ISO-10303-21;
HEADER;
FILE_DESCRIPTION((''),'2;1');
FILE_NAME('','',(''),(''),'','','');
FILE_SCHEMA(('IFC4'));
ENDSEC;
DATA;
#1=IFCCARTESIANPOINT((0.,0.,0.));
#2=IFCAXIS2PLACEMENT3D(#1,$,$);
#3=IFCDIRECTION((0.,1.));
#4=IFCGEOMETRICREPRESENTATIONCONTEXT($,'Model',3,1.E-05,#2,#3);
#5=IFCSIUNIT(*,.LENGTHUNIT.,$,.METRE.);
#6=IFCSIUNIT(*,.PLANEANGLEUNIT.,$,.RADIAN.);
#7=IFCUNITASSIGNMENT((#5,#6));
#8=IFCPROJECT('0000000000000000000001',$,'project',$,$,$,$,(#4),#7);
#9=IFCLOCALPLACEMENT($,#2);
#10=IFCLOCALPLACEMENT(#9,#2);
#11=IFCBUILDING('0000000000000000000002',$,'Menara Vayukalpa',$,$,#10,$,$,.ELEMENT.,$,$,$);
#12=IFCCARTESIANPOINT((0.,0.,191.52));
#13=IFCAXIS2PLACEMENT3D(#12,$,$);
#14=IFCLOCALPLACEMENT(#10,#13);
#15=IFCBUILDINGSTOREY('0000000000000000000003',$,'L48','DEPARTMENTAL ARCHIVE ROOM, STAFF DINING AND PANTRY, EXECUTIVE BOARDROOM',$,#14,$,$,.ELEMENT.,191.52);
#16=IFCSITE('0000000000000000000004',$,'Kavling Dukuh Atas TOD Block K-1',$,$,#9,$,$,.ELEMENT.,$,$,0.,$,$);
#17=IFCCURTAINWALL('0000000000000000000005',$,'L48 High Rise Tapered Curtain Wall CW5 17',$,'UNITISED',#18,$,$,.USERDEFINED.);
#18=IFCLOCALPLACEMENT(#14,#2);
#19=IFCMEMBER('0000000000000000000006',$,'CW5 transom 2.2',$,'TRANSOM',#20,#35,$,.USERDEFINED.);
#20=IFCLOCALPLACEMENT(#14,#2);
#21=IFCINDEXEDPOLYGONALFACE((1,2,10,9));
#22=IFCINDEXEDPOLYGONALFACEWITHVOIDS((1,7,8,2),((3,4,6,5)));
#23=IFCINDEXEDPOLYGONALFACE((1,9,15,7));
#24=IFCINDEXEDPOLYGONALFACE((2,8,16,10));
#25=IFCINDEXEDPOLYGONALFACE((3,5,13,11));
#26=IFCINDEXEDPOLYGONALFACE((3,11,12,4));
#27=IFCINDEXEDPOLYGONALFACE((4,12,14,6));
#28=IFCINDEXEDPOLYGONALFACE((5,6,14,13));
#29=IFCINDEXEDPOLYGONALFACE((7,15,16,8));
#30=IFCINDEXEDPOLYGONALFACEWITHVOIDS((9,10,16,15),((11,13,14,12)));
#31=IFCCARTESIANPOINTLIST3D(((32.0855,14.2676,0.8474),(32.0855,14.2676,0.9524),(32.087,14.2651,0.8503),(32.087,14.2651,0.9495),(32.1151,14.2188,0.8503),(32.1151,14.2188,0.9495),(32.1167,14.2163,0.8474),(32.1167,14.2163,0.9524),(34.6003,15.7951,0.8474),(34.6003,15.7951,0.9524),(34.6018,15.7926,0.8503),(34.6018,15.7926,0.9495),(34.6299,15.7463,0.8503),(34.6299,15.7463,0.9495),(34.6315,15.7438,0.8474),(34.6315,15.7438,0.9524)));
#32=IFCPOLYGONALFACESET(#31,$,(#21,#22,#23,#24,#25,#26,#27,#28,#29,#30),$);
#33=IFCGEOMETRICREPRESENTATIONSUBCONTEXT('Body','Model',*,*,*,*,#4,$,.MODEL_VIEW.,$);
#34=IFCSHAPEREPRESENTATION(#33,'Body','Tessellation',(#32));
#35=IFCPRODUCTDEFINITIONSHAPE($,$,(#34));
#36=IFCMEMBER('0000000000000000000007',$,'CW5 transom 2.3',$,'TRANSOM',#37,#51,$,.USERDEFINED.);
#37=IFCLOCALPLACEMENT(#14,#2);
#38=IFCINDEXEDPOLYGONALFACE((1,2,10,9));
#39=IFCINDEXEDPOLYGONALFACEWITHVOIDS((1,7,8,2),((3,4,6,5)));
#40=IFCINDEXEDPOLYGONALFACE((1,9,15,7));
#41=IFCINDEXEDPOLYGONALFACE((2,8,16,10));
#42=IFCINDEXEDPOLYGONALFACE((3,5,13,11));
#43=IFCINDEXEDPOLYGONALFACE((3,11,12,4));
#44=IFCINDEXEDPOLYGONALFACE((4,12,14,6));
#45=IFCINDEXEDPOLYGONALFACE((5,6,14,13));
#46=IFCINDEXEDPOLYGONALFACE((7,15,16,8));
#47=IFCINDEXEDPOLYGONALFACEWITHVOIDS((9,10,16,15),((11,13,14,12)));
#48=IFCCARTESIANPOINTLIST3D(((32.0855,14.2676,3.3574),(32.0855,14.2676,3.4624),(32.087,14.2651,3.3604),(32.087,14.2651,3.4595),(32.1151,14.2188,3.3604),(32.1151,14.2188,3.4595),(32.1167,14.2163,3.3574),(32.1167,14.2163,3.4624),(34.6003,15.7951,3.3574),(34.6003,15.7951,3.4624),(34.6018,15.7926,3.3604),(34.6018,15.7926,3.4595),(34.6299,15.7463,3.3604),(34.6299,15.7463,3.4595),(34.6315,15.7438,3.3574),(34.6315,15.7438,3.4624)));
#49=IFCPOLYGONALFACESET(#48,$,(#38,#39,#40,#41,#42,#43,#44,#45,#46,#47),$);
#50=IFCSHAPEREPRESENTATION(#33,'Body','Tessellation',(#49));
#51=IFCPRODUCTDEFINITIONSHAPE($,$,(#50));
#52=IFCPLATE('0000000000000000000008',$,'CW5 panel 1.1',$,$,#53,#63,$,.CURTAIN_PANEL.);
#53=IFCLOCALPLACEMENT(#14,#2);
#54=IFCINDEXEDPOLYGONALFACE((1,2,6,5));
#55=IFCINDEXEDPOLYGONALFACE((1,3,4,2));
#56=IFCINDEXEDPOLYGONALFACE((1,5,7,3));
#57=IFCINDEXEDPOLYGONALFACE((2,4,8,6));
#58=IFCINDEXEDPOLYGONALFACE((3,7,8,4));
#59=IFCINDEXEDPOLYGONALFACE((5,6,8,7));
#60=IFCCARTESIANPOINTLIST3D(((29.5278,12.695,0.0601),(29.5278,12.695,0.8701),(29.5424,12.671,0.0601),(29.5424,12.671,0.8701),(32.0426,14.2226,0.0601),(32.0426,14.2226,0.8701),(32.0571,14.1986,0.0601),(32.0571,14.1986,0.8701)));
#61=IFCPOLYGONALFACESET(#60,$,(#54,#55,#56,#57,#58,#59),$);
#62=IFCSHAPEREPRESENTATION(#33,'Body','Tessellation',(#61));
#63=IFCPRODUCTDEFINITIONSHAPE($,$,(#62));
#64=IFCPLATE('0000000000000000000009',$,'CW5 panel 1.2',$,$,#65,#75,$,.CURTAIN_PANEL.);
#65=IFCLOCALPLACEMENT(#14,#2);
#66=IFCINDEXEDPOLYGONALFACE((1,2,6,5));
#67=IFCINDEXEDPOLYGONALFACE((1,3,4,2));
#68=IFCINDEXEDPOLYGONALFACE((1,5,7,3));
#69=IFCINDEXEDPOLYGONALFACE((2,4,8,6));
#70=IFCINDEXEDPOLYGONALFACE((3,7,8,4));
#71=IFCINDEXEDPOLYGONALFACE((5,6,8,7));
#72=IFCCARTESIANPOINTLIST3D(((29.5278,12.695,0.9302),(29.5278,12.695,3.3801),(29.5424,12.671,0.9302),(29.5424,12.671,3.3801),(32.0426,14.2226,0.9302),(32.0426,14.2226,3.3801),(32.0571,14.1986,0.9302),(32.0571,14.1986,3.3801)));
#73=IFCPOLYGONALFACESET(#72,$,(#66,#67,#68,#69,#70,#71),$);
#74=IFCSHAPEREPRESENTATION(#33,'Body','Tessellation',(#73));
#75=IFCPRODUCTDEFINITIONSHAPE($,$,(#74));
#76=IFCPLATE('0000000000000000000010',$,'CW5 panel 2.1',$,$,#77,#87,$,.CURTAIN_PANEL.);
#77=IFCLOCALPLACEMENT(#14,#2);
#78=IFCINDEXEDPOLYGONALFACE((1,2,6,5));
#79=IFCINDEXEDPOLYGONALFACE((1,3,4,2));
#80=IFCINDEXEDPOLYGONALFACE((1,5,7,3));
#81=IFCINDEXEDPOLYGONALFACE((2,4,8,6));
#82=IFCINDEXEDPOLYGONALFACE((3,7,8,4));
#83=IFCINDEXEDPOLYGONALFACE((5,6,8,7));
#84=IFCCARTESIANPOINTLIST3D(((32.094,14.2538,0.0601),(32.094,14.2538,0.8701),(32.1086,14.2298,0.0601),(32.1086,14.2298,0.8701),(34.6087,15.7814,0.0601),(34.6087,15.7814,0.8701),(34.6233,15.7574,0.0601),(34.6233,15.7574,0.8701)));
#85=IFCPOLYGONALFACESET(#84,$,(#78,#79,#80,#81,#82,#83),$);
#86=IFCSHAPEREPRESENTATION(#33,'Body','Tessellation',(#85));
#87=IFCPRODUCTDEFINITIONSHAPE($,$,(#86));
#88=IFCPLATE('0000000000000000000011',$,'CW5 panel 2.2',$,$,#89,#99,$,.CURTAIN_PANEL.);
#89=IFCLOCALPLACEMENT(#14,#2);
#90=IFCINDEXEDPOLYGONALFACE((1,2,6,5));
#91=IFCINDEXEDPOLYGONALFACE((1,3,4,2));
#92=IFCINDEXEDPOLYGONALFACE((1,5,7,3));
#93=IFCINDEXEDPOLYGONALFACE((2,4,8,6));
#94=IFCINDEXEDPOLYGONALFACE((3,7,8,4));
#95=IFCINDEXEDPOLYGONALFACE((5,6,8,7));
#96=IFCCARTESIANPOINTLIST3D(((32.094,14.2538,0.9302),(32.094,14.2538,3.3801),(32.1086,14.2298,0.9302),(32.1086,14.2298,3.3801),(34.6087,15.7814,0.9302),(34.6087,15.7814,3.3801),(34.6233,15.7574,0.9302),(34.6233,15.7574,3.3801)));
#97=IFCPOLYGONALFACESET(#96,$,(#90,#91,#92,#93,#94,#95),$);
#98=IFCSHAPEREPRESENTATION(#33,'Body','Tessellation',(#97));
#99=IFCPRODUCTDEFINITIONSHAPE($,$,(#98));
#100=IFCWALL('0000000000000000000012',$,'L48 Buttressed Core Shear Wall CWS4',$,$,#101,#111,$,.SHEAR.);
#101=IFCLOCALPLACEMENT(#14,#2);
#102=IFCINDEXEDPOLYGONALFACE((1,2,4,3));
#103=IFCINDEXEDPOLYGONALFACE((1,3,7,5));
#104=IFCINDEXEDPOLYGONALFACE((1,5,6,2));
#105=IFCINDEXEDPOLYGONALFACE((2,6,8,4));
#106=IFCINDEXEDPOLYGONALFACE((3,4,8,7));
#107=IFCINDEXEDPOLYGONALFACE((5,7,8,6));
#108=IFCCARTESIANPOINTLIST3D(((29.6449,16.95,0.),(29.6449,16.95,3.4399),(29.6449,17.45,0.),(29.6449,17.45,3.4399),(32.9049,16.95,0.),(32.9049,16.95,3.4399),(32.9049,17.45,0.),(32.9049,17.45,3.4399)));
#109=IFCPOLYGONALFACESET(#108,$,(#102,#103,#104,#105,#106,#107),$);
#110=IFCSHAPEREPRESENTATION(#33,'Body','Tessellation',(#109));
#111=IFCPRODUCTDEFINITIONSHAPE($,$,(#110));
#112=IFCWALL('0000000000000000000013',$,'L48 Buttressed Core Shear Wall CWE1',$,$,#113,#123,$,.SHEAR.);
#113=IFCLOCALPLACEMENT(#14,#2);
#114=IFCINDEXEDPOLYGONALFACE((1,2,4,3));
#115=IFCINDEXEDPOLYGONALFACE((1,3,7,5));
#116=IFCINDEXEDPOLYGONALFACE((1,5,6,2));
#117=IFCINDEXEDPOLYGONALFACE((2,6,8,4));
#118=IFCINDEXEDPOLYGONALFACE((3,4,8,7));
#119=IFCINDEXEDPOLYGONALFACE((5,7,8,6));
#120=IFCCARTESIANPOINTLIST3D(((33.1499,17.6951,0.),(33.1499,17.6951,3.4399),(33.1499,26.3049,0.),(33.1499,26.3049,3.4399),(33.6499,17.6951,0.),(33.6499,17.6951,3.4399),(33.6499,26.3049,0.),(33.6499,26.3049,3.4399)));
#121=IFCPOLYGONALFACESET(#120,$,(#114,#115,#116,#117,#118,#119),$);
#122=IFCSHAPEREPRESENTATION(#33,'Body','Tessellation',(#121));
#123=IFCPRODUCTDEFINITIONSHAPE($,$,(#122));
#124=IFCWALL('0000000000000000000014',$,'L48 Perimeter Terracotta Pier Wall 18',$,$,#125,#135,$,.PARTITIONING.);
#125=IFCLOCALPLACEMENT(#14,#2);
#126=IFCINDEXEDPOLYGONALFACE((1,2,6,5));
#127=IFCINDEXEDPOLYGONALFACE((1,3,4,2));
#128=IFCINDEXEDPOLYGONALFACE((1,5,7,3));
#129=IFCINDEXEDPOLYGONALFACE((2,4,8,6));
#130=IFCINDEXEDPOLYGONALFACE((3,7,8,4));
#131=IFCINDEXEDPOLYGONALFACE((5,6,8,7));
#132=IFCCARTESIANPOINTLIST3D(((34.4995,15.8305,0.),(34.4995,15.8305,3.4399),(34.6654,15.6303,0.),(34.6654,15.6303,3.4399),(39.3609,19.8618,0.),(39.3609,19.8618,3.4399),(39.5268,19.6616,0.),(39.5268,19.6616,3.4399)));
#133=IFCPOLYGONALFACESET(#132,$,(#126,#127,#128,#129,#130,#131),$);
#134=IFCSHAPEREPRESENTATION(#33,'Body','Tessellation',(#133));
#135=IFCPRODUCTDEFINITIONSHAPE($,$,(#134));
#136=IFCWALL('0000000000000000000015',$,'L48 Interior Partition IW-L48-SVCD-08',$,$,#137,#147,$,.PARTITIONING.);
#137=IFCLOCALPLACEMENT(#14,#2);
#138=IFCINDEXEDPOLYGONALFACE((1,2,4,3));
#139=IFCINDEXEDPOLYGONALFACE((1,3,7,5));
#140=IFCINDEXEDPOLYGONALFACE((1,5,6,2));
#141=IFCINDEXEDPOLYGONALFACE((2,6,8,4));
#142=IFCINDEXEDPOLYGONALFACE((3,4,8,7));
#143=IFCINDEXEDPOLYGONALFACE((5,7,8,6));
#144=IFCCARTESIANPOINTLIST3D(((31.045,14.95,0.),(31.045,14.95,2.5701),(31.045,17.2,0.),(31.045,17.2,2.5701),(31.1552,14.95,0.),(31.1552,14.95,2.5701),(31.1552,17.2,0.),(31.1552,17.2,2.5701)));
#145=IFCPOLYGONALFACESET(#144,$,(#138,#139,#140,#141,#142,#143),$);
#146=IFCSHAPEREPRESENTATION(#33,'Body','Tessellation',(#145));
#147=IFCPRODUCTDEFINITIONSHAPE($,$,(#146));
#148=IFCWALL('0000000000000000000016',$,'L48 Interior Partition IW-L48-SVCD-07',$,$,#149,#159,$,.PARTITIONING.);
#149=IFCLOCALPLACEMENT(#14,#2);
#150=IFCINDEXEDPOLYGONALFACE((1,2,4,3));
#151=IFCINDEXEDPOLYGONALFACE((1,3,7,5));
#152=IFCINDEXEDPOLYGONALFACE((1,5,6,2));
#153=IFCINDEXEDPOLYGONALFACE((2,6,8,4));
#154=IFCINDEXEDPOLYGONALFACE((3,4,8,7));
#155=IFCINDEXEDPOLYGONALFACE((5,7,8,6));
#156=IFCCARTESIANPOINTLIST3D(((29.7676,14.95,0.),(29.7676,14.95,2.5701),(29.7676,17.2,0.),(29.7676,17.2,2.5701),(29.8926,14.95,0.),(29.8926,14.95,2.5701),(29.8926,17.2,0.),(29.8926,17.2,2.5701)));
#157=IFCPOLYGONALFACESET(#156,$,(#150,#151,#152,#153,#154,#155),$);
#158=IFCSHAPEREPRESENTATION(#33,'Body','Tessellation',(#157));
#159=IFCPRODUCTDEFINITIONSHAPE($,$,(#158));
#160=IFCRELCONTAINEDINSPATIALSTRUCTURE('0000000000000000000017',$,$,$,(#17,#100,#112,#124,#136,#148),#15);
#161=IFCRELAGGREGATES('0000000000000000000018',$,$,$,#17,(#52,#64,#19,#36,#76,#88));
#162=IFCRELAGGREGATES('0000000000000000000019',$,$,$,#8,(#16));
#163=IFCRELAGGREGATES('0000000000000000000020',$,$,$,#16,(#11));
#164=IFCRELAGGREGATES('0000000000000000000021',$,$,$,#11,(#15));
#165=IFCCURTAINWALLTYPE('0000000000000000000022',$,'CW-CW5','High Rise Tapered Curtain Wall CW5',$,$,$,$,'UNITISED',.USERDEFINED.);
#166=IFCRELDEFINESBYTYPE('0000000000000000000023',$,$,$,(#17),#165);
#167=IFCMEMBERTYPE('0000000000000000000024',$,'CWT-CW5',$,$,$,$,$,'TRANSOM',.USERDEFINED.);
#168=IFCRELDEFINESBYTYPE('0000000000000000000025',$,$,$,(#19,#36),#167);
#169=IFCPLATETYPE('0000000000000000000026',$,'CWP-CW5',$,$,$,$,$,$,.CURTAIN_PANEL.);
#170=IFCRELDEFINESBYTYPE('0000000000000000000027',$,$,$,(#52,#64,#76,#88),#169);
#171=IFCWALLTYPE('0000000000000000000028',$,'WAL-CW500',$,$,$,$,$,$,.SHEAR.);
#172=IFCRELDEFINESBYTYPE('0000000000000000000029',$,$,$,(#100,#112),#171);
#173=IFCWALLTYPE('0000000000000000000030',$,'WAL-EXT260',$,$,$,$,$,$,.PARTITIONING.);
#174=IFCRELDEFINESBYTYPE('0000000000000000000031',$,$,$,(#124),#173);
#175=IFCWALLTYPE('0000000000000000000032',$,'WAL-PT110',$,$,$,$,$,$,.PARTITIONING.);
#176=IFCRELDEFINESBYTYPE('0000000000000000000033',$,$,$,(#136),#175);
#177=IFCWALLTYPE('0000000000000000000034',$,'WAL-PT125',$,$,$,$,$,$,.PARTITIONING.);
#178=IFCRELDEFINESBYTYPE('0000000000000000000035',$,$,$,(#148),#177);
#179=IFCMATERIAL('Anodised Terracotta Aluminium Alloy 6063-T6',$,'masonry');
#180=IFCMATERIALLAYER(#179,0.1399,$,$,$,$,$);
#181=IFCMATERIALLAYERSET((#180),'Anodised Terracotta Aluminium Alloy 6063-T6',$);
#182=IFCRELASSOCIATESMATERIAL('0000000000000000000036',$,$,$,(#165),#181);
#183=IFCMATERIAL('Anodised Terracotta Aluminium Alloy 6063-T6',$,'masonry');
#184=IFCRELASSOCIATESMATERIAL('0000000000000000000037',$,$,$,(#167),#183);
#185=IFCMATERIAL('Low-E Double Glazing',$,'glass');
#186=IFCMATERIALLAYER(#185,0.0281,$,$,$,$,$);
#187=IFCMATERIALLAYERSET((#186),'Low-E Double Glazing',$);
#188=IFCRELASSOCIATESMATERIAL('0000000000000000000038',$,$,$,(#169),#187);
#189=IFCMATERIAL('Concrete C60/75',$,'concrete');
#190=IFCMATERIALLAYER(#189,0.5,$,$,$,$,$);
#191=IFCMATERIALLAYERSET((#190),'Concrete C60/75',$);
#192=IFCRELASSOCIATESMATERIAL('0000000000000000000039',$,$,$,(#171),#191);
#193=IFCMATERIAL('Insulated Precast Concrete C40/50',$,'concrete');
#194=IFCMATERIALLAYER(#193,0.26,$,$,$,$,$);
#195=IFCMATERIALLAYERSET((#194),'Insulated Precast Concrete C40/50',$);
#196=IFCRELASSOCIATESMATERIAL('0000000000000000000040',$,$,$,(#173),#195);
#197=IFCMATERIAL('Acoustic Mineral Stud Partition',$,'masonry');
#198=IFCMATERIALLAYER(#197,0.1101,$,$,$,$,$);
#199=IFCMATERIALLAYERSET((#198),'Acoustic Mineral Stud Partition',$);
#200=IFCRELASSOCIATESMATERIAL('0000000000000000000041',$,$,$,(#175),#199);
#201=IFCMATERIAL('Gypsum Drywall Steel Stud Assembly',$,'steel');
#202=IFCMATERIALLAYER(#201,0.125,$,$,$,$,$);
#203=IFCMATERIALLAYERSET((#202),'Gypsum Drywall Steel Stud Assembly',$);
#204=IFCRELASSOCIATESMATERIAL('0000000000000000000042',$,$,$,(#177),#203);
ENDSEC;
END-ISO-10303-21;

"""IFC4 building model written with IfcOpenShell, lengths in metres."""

from ifc_helpers import new_model, si_unit, direction, frame, frame_2d, origin, origin_2d, place, context, subcontext, project, spatial, rectangle, hollow_rectangle, extrude, material, layer, layer_set, material_profile, profile_set, type_object, element, aggregate, save


model = new_model("IFC4")

# Units and contexts
model_context = context("Model", 3, precision=1e-05, world=origin(), true_north=direction((0.0, 1.0)))
body_context = subcontext(model_context, "Body", "Model", "MODEL_VIEW")
ifc_project = project(units=[si_unit("LENGTHUNIT", "METRE"), si_unit("PLANEANGLEUNIT", "RADIAN")], contexts=[model_context])

# Site, building, storey
site_placement = place(None, origin())
site = spatial("IfcSite", under=ifc_project, at=site_placement, Name="Kavling Dukuh Atas TOD Block K-1", CompositionType="ELEMENT", RefElevation=0.0)
building_placement = place(site_placement, origin())
building = spatial("IfcBuilding", under=site, at=building_placement, Name="Menara Vayukalpa", CompositionType="ELEMENT")
storey_placement = place(building_placement, frame((0.0, 0.0, 191.52)))
storey = spatial("IfcBuildingStorey", under=building, at=storey_placement, Name="L48", Description="DEPARTMENTAL ARCHIVE ROOM, STAFF DINING AND PANTRY, EXECUTIVE BOARDROOM", CompositionType="ELEMENT", Elevation=191.52)

# Curtain wall, members, plates
ifc_material_1 = material(Name="Anodised Terracotta Aluminium Alloy 6063-T6", Category="masonry")
ifc_layer_1 = layer(ifc_material_1, 0.1399)
ifc_layer_set_1 = layer_set([ifc_layer_1], Name="Anodised Terracotta Aluminium Alloy 6063-T6")
curtain_wall_type = type_object("IfcCurtainWallType", Name="CW-CW5", Description="High Rise Tapered Curtain Wall CW5", ElementType="UNITISED", PredefinedType="USERDEFINED", material=ifc_layer_set_1)
curtain_wall_placement = place(storey_placement, origin())
curtain_wall = element("IfcCurtainWall", 1, at=curtain_wall_placement, inside=storey, type_object=curtain_wall_type, Name="L48 High Rise Tapered Curtain Wall CW5 17", ObjectType="UNITISED", PredefinedType="USERDEFINED")
ifc_material_2 = material(Name="Anodised Terracotta Aluminium Alloy 6063-T6", Category="masonry")
ifc_material_profile_1 = material_profile(ifc_material_2, hollow_rectangle(XDim=0.0601, YDim=0.105, WallThickness=0.0029, at=origin_2d()), Name="ALU 60x105x3")
ifc_profile_set_1 = profile_set([ifc_material_profile_1], Name="Anodised Terracotta Aluminium Alloy 6063-T6")
member_type_1 = type_object("IfcMemberType", Name="CWT-CW5", ElementType="TRANSOM", PredefinedType="USERDEFINED", material=ifc_profile_set_1)
member_1_placement = place(storey_placement, frame((32.1011, 14.2419, 0.8999), z_axis=(0.854684, 0.519149, 0.0), x_axis=(-0.519149, 0.854684, 0.0)))
member_1 = element("IfcMember", 2, at=member_1_placement, type_object=member_type_1, Name="CW5 transom 2.2", ObjectType="TRANSOM", PredefinedType="USERDEFINED", context=body_context, shape_type="SweptSolid", body=[
    extrude(hollow_rectangle(XDim=0.0601, YDim=0.105, WallThickness=0.0029, at=origin_2d()), origin(), (0.0, 0.0, 1.0), 2.9424),
])
member_2_placement = place(storey_placement, frame((32.1011, 14.2419, 3.4099), z_axis=(0.854684, 0.519149, 0.0), x_axis=(-0.519149, 0.854684, 0.0)))
member_2 = element("IfcMember", 3, at=member_2_placement, type_object=member_type_1, Name="CW5 transom 2.3", ObjectType="TRANSOM", PredefinedType="USERDEFINED", context=body_context, shape_type="SweptSolid", body=[
    extrude(hollow_rectangle(XDim=0.0601, YDim=0.105, WallThickness=0.0029, at=origin_2d()), origin(), (0.0, 0.0, 1.0), 2.9424),
])
ifc_material_3 = material(Name="Low-E Double Glazing", Category="glass")
ifc_layer_2 = layer(ifc_material_3, 0.0281)
ifc_layer_set_2 = layer_set([ifc_layer_2], Name="Low-E Double Glazing")
plate_type = type_object("IfcPlateType", Name="CWP-CW5", PredefinedType="CURTAIN_PANEL", material=ifc_layer_set_2)
plate_1_placement = place(storey_placement, frame((30.7925, 13.4468, 0.0601), z_axis=(0.0, 0.0, 1.0), x_axis=(0.854665, 0.51918, 0.0)))
plate_1 = element("IfcPlate", 4, at=plate_1_placement, type_object=plate_type, Name="CW5 panel 1.1", PredefinedType="CURTAIN_PANEL", context=body_context, shape_type="SweptSolid", body=[
    extrude(rectangle(XDim=2.9424, YDim=0.0281, at=origin_2d()), origin(), (0.0, 0.0, 1.0), 0.8101),
])
plate_2_placement = place(storey_placement, frame((30.7925, 13.4468, 0.9302), z_axis=(0.0, 0.0, 1.0), x_axis=(0.854665, 0.51918, 0.0)))
plate_2 = element("IfcPlate", 5, at=plate_2_placement, type_object=plate_type, Name="CW5 panel 1.2", PredefinedType="CURTAIN_PANEL", context=body_context, shape_type="SweptSolid", body=[
    extrude(rectangle(XDim=2.9424, YDim=0.0281, at=origin_2d()), origin(), (0.0, 0.0, 1.0), 2.45),
])
plate_3_placement = place(storey_placement, frame((33.3586, 15.0056, 0.0601), z_axis=(0.0, 0.0, 1.0), x_axis=(0.854665, 0.51918, 0.0)))
plate_3 = element("IfcPlate", 6, at=plate_3_placement, type_object=plate_type, Name="CW5 panel 2.1", PredefinedType="CURTAIN_PANEL", context=body_context, shape_type="SweptSolid", body=[
    extrude(rectangle(XDim=2.9424, YDim=0.0281, at=origin_2d()), origin(), (0.0, 0.0, 1.0), 0.8101),
])
plate_4_placement = place(storey_placement, frame((33.3586, 15.0056, 0.9302), z_axis=(0.0, 0.0, 1.0), x_axis=(0.854665, 0.51918, 0.0)))
plate_4 = element("IfcPlate", 7, at=plate_4_placement, type_object=plate_type, Name="CW5 panel 2.2", PredefinedType="CURTAIN_PANEL", context=body_context, shape_type="SweptSolid", body=[
    extrude(rectangle(XDim=2.9424, YDim=0.0281, at=origin_2d()), origin(), (0.0, 0.0, 1.0), 2.45),
])
aggregate(curtain_wall, [plate_1, plate_2, member_1, member_2, plate_3, plate_4])

# Walls
ifc_material_4 = material(Name="Concrete C60/75", Category="concrete")
ifc_layer_3 = layer(ifc_material_4, 0.5)
ifc_layer_set_3 = layer_set([ifc_layer_3], Name="Concrete C60/75")
wall_type_1 = type_object("IfcWallType", Name="WAL-CW500", PredefinedType="SHEAR", material=ifc_layer_set_3)
wall_1_placement = place(storey_placement, frame((29.645, 17.2, 0.0), z_axis=(0.0, 0.0, 1.0), x_axis=(1.0, 0.0, 0.0)))
element("IfcWall", 8, at=wall_1_placement, inside=storey, type_object=wall_type_1, Name="L48 Buttressed Core Shear Wall CWS4", PredefinedType="SHEAR", context=body_context, shape_type="SweptSolid", body=[
    extrude(rectangle(XDim=3.26, YDim=0.5, at=frame_2d((1.6299, 0.0))), origin(), (0.0, 0.0, 1.0), 3.4399),
])
wall_2_placement = place(storey_placement, frame((33.3999, 17.6951, 0.0), z_axis=(0.0, 0.0, 1.0), x_axis=(0.0, 1.0, 0.0)))
element("IfcWall", 9, at=wall_2_placement, inside=storey, type_object=wall_type_1, Name="L48 Buttressed Core Shear Wall CWE1", PredefinedType="SHEAR", context=body_context, shape_type="SweptSolid", body=[
    extrude(rectangle(XDim=8.6099, YDim=0.5, at=frame_2d((4.3049, 0.0))), origin(), (0.0, 0.0, 1.0), 3.4399),
])
ifc_material_5 = material(Name="Insulated Precast Concrete C40/50", Category="concrete")
ifc_layer_4 = layer(ifc_material_5, 0.26)
ifc_layer_set_4 = layer_set([ifc_layer_4], Name="Insulated Precast Concrete C40/50")
wall_type_2 = type_object("IfcWallType", Name="WAL-EXT260", PredefinedType="PARTITIONING", material=ifc_layer_set_4)
wall_3_placement = place(storey_placement, frame((39.4438, 19.7617, 0.0), z_axis=(0.0, 0.0, 1.0), x_axis=(-0.769765, -0.638327, 0.0)))
element("IfcWall", 10, at=wall_3_placement, inside=storey, type_object=wall_type_2, Name="L48 Perimeter Terracotta Pier Wall 18", PredefinedType="PARTITIONING", context=body_context, shape_type="SweptSolid", body=[
    extrude(rectangle(XDim=6.3154, YDim=0.26, at=frame_2d((3.1577, 0.0))), origin(), (0.0, 0.0, 1.0), 3.4399),
])
ifc_material_6 = material(Name="Acoustic Mineral Stud Partition", Category="masonry")
ifc_layer_5 = layer(ifc_material_6, 0.1101)
ifc_layer_set_5 = layer_set([ifc_layer_5], Name="Acoustic Mineral Stud Partition")
wall_type_3 = type_object("IfcWallType", Name="WAL-PT110", PredefinedType="PARTITIONING", material=ifc_layer_set_5)
wall_4_placement = place(storey_placement, frame((31.1001, 14.95, 0.0), z_axis=(0.0, 0.0, 1.0), x_axis=(0.0, 1.0, 0.0)))
element("IfcWall", 11, at=wall_4_placement, inside=storey, type_object=wall_type_3, Name="L48 Interior Partition IW-L48-SVCD-08", PredefinedType="PARTITIONING", context=body_context, shape_type="SweptSolid", body=[
    extrude(rectangle(XDim=2.25, YDim=0.1101, at=frame_2d((1.125, 0.0))), origin(), (0.0, 0.0, 1.0), 2.5701),
])
ifc_material_7 = material(Name="Gypsum Drywall Steel Stud Assembly", Category="steel")
ifc_layer_6 = layer(ifc_material_7, 0.125)
ifc_layer_set_6 = layer_set([ifc_layer_6], Name="Gypsum Drywall Steel Stud Assembly")
wall_type_4 = type_object("IfcWallType", Name="WAL-PT125", PredefinedType="PARTITIONING", material=ifc_layer_set_6)
wall_5_placement = place(storey_placement, frame((29.8301, 14.95, 0.0), z_axis=(0.0, 0.0, 1.0), x_axis=(0.0, 1.0, 0.0)))
element("IfcWall", 12, at=wall_5_placement, inside=storey, type_object=wall_type_4, Name="L48 Interior Partition IW-L48-SVCD-07", PredefinedType="PARTITIONING", context=body_context, shape_type="SweptSolid", body=[
    extrude(rectangle(XDim=2.25, YDim=0.125, at=frame_2d((1.125, 0.0))), origin(), (0.0, 0.0, 1.0), 2.5701),
])

save(model, "model.ifc")
